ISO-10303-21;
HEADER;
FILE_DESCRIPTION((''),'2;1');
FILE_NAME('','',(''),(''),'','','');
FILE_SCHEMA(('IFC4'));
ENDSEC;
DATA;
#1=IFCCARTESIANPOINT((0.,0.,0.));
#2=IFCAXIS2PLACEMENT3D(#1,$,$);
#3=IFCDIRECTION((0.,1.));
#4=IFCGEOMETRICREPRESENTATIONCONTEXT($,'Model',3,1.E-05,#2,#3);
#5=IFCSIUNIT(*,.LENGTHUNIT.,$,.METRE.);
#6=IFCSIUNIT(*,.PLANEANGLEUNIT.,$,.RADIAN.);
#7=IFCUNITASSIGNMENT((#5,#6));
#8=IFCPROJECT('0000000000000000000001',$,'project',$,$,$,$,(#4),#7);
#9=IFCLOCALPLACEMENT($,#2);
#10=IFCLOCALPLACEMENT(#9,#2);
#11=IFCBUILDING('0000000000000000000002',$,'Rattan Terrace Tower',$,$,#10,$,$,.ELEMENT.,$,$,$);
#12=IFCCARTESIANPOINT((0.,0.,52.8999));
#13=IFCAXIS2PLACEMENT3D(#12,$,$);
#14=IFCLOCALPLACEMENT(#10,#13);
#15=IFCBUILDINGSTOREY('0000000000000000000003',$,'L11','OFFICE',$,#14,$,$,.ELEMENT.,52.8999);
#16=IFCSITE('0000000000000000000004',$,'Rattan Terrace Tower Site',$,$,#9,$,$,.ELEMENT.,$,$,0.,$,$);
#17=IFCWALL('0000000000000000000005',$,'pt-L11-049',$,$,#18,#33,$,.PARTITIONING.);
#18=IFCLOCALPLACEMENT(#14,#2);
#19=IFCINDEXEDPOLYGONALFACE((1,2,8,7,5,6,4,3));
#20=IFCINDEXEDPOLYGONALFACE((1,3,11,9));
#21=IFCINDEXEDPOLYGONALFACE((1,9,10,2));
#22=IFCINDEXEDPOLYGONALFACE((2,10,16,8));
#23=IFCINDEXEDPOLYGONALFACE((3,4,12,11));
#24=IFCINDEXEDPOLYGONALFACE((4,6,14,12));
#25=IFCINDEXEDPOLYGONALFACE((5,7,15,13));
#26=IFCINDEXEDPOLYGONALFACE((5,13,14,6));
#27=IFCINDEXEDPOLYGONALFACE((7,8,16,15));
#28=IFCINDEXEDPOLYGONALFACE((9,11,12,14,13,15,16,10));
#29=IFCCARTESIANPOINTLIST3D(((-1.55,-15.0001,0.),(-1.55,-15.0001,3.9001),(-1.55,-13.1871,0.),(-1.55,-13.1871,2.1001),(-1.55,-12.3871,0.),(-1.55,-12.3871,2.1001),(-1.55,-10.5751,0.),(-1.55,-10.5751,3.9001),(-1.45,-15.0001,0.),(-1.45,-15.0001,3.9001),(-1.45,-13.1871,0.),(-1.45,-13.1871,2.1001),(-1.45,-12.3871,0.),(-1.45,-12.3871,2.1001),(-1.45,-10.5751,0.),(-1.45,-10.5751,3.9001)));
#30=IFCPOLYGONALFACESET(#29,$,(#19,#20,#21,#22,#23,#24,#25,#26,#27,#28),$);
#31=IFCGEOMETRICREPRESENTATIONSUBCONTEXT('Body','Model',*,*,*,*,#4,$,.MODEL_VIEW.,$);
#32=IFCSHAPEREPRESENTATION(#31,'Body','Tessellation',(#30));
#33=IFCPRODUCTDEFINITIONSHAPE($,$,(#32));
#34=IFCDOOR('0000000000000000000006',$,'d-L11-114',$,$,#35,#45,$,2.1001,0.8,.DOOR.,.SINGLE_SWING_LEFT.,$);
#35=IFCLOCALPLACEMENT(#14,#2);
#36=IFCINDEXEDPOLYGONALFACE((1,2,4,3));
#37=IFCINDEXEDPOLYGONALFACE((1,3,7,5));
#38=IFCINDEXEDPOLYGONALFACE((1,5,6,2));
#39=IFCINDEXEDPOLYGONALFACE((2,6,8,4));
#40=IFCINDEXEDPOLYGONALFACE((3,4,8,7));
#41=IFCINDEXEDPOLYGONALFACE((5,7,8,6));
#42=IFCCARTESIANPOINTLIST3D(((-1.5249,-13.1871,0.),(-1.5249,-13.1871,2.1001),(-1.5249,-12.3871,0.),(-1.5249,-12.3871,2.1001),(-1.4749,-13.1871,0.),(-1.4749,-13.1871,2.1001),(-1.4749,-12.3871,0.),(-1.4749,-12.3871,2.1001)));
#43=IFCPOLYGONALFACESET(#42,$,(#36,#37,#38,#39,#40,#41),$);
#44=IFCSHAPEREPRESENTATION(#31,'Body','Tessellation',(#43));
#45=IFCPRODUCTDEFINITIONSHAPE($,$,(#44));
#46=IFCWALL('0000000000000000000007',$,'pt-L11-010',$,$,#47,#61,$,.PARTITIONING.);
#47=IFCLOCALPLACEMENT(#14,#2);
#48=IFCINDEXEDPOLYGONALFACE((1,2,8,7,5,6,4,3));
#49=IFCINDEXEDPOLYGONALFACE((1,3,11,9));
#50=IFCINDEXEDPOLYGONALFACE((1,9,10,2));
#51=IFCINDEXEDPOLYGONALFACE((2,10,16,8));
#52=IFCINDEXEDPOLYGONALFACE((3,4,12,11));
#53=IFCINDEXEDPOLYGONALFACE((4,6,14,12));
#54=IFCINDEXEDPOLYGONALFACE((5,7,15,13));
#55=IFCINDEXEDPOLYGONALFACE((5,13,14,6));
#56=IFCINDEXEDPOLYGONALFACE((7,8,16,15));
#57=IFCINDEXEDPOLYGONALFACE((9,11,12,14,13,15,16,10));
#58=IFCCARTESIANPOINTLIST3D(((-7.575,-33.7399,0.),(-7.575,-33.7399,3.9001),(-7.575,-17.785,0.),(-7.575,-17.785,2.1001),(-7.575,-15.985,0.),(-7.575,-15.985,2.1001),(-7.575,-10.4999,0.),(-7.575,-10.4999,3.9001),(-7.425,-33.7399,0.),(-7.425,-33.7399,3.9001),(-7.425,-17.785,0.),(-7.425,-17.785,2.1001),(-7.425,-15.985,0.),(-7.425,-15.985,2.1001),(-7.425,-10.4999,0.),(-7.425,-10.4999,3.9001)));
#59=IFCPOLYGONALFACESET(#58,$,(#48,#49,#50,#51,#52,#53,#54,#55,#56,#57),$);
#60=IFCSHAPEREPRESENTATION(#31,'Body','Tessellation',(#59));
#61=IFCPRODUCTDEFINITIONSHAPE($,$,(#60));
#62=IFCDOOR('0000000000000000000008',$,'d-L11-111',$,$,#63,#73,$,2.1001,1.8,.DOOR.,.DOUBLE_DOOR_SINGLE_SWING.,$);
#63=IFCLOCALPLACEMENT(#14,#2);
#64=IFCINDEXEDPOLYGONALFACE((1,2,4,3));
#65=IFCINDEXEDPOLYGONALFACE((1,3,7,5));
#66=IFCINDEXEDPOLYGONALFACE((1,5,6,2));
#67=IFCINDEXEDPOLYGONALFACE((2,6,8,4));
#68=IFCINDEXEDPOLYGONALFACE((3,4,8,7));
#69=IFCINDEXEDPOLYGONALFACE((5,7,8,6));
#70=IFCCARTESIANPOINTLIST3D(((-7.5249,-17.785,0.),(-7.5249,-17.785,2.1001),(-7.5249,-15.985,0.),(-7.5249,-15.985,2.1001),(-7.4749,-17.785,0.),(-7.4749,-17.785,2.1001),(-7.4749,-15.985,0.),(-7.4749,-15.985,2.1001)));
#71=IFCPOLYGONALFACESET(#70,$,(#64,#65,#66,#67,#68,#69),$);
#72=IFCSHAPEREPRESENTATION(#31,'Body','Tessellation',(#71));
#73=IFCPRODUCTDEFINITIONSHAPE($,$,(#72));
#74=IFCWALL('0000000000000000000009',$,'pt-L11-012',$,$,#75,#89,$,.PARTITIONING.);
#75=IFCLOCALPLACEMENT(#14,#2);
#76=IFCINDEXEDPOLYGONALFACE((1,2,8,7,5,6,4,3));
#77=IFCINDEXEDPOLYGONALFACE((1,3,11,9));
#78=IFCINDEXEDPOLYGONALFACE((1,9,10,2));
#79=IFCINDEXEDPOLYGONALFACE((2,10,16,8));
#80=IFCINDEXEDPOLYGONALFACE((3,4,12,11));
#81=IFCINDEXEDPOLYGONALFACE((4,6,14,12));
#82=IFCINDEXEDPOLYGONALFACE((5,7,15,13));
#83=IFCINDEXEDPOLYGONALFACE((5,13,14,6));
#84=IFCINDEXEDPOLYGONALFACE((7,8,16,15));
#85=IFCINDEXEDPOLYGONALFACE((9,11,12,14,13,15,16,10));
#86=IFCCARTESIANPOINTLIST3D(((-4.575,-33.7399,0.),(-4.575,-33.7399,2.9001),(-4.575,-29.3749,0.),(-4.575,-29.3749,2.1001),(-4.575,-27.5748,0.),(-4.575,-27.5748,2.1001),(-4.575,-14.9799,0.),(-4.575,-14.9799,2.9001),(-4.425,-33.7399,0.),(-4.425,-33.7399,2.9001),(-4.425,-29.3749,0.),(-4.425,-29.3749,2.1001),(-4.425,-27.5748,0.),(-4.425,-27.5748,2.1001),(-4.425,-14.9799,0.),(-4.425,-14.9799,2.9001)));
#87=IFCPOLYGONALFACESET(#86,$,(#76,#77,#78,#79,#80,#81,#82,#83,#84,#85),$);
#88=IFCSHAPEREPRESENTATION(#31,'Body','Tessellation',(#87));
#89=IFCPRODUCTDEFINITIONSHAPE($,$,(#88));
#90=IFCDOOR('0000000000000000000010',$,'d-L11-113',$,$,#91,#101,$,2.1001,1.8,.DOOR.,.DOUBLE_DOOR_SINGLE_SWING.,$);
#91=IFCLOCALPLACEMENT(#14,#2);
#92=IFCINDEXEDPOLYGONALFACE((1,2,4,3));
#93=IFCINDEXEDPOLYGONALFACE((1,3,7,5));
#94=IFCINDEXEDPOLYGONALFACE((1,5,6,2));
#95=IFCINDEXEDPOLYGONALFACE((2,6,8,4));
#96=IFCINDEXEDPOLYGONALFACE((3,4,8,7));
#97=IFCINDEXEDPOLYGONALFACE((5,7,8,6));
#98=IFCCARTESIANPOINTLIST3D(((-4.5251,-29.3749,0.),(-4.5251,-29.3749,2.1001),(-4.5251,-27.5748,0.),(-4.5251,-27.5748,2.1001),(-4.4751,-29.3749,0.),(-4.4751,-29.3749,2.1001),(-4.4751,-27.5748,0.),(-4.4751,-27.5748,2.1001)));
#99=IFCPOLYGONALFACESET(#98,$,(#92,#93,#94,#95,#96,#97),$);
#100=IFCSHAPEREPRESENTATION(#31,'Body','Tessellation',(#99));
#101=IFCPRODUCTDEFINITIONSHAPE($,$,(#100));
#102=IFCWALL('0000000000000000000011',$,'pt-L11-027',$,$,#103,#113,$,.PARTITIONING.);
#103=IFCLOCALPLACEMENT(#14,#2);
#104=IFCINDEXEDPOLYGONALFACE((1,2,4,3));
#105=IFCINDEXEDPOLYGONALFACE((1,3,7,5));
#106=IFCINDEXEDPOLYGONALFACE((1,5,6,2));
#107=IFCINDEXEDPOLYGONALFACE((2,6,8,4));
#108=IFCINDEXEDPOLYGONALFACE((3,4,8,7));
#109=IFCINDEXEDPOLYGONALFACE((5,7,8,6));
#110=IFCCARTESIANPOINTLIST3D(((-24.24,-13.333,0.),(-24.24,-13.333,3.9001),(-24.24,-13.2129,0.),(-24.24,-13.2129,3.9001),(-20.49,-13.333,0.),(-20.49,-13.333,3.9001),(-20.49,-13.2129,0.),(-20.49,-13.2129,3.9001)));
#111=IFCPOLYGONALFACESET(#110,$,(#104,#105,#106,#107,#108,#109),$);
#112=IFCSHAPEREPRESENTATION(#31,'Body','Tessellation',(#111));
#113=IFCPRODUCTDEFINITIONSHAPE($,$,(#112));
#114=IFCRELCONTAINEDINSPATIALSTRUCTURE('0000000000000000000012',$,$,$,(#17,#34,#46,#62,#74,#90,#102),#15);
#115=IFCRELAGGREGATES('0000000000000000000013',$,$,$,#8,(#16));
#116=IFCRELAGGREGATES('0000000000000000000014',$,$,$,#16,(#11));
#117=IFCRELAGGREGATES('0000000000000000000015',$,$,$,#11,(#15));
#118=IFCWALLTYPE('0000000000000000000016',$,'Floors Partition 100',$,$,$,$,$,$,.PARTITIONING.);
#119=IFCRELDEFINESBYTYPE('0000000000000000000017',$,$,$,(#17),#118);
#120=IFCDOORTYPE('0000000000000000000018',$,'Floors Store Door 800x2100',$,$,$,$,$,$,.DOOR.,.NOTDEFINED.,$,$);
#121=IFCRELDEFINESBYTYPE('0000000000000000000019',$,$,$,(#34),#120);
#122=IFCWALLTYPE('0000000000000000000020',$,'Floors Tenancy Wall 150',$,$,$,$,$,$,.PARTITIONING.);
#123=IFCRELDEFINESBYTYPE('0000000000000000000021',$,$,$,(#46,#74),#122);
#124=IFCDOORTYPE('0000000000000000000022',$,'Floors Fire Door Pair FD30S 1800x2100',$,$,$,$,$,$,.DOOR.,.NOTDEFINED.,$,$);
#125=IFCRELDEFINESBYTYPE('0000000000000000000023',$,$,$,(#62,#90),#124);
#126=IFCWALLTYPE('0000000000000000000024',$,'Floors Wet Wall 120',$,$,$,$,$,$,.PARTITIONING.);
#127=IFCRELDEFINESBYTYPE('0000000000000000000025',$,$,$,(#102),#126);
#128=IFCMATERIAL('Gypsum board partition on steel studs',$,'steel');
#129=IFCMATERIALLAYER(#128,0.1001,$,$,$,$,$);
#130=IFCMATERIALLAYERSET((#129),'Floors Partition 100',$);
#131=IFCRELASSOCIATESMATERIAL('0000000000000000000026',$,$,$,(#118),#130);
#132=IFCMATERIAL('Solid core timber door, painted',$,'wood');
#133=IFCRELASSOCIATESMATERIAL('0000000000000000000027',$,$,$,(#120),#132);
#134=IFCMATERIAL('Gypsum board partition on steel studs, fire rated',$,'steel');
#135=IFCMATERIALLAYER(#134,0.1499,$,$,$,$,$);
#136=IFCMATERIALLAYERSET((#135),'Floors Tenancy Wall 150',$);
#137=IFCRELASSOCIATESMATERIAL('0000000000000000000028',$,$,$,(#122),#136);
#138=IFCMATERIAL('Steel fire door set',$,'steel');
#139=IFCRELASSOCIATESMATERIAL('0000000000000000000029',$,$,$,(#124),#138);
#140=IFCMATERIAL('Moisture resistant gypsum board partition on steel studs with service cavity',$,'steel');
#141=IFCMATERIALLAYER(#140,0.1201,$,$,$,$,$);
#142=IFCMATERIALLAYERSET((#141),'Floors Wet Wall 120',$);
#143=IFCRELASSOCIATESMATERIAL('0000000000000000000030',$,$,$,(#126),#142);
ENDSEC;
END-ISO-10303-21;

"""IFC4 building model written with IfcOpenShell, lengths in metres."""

from ifc_helpers import new_model, si_unit, direction, frame, frame_2d, origin, place, context, subcontext, project, spatial, rectangle, extrude, material, layer, layer_set, type_object, element, fill, save


model = new_model("IFC4")

# Units and contexts
model_context = context("Model", 3, precision=1e-05, world=origin(), true_north=direction((0.0, 1.0)))
body_context = subcontext(model_context, "Body", "Model", "MODEL_VIEW")
ifc_project = project(units=[si_unit("LENGTHUNIT", "METRE"), si_unit("PLANEANGLEUNIT", "RADIAN")], contexts=[model_context])

# Site, building, storey
site_placement = place(None, origin())
site = spatial("IfcSite", under=ifc_project, at=site_placement, Name="Rattan Terrace Tower Site", CompositionType="ELEMENT", RefElevation=0.0)
building_placement = place(site_placement, origin())
building = spatial("IfcBuilding", under=site, at=building_placement, Name="Rattan Terrace Tower", CompositionType="ELEMENT")
storey_placement = place(building_placement, frame((0.0, 0.0, 52.8999)))
storey = spatial("IfcBuildingStorey", under=building, at=storey_placement, Name="L11", Description="OFFICE", CompositionType="ELEMENT", Elevation=52.8999)

# Shared definitions
ifc_material_1 = material(Name="Gypsum board partition on steel studs", Category="steel")
ifc_layer_1 = layer(ifc_material_1, 0.1001)
ifc_layer_set_1 = layer_set([ifc_layer_1], Name="Floors Partition 100")
wall_type_1 = type_object("IfcWallType", Name="Floors Partition 100", PredefinedType="PARTITIONING", material=ifc_layer_set_1)

# Walls, openings, doors
wall_1_placement = place(storey_placement, frame((-1.5, -15.0, 0.0), z_axis=(0.0, 0.0, 1.0), x_axis=(0.0, 1.0, 0.0)))
wall_1 = element("IfcWall", 1, at=wall_1_placement, inside=storey, type_object=wall_type_1, Name="pt-L11-049", PredefinedType="PARTITIONING", context=body_context, shape_type="SweptSolid", body=[
    extrude(rectangle(XDim=4.425, YDim=0.1001, at=frame_2d((2.2124, 0.0))), origin(), (0.0, 0.0, 1.0), 3.9001),
])
opening_1_placement = place(wall_1_placement, frame((1.813, 0.0, 0.0)))
opening_1 = element("IfcOpeningElement", 2, at=opening_1_placement, cuts=wall_1, PredefinedType="OPENING", context=body_context, shape_type="SweptSolid", body=[
    extrude(rectangle(XDim=0.8, YDim=2.1001, at=frame_2d((0.3999, 1.05))), frame((0.0, 0.0605, 0.0), z_axis=(0.0, -1.0, 0.0), x_axis=(1.0, 0.0, 0.0)), (0.0, 0.0, 1.0), 0.1211),
])
ifc_material_2 = material(Name="Solid core timber door, painted", Category="wood")
door_type_1 = type_object("IfcDoorType", Name="Floors Store Door 800x2100", OperationType="NOTDEFINED", PredefinedType="DOOR", material=ifc_material_2)
door_1_placement = place(opening_1_placement, origin())
door_1 = element("IfcDoor", 3, at=door_1_placement, inside=storey, type_object=door_type_1, Name="d-L11-114", OperationType="SINGLE_SWING_LEFT", OverallHeight=2.1001, OverallWidth=0.8, PredefinedType="DOOR", context=body_context, shape_type="SweptSolid", body=[
    extrude(rectangle(XDim=0.8, YDim=2.1001, at=frame_2d((0.3999, 1.05))), frame((0.0, 0.0249, 0.0), z_axis=(0.0, -1.0, 0.0), x_axis=(1.0, 0.0, 0.0)), (0.0, 0.0, 1.0), 0.05),
])
fill(opening_1, door_1)
ifc_material_3 = material(Name="Gypsum board partition on steel studs, fire rated", Category="steel")
ifc_layer_2 = layer(ifc_material_3, 0.1499)
ifc_layer_set_2 = layer_set([ifc_layer_2], Name="Floors Tenancy Wall 150")
wall_type_2 = type_object("IfcWallType", Name="Floors Tenancy Wall 150", PredefinedType="PARTITIONING", material=ifc_layer_set_2)
wall_2_placement = place(storey_placement, frame((-7.5, -33.74, 0.0), z_axis=(0.0, 0.0, 1.0), x_axis=(0.0, 1.0, 0.0)))
wall_2 = element("IfcWall", 4, at=wall_2_placement, inside=storey, type_object=wall_type_2, Name="pt-L11-010", PredefinedType="PARTITIONING", context=body_context, shape_type="SweptSolid", body=[
    extrude(rectangle(XDim=23.24, YDim=0.1499, at=frame_2d((11.6201, 0.0))), origin(), (0.0, 0.0, 1.0), 3.9001),
])
opening_2_placement = place(wall_2_placement, frame((15.9551, 0.0, 0.0)))
opening_2 = element("IfcOpeningElement", 5, at=opening_2_placement, cuts=wall_2, PredefinedType="OPENING", context=body_context, shape_type="SweptSolid", body=[
    extrude(rectangle(XDim=1.8, YDim=2.1001, at=frame_2d((0.8999, 1.05))), frame((0.0, 0.0854, 0.0), z_axis=(0.0, -1.0, 0.0), x_axis=(1.0, 0.0, 0.0)), (0.0, 0.0, 1.0), 0.1709),
])
ifc_material_4 = material(Name="Steel fire door set", Category="steel")
door_type_2 = type_object("IfcDoorType", Name="Floors Fire Door Pair FD30S 1800x2100", OperationType="NOTDEFINED", PredefinedType="DOOR", material=ifc_material_4)
door_2_placement = place(opening_2_placement, origin())
door_2 = element("IfcDoor", 6, at=door_2_placement, inside=storey, type_object=door_type_2, Name="d-L11-111", OperationType="DOUBLE_DOOR_SINGLE_SWING", OverallHeight=2.1001, OverallWidth=1.8, PredefinedType="DOOR", context=body_context, shape_type="SweptSolid", body=[
    extrude(rectangle(XDim=1.8, YDim=2.1001, at=frame_2d((0.8999, 1.05))), frame((0.0, 0.0249, 0.0), z_axis=(0.0, -1.0, 0.0), x_axis=(1.0, 0.0, 0.0)), (0.0, 0.0, 1.0), 0.05),
])
fill(opening_2, door_2)
wall_3_placement = place(storey_placement, frame((-4.5, -14.98, 0.0), z_axis=(0.0, 0.0, 1.0), x_axis=(0.0, -1.0, 0.0)))
wall_3 = element("IfcWall", 7, at=wall_3_placement, inside=storey, type_object=wall_type_2, Name="pt-L11-012", PredefinedType="PARTITIONING", context=body_context, shape_type="SweptSolid", body=[
    extrude(rectangle(XDim=18.76, YDim=0.1499, at=frame_2d((9.3799, 0.0))), origin(), (0.0, 0.0, 1.0), 2.9001),
])
opening_3_placement = place(wall_3_placement, frame((12.595, 0.0, 0.0)))
opening_3 = element("IfcOpeningElement", 8, at=opening_3_placement, cuts=wall_3, PredefinedType="OPENING", context=body_context, shape_type="SweptSolid", body=[
    extrude(rectangle(XDim=1.8, YDim=2.1001, at=frame_2d((0.8999, 1.05))), frame((0.0, 0.0854, 0.0), z_axis=(0.0, -1.0, 0.0), x_axis=(1.0, 0.0, 0.0)), (0.0, 0.0, 1.0), 0.1709),
])
door_3_placement = place(opening_3_placement, origin())
door_3 = element("IfcDoor", 9, at=door_3_placement, inside=storey, type_object=door_type_2, Name="d-L11-113", OperationType="DOUBLE_DOOR_SINGLE_SWING", OverallHeight=2.1001, OverallWidth=1.8, PredefinedType="DOOR", context=body_context, shape_type="SweptSolid", body=[
    extrude(rectangle(XDim=1.8, YDim=2.1001, at=frame_2d((0.8999, 1.05))), frame((0.0, 0.0249, 0.0), z_axis=(0.0, -1.0, 0.0), x_axis=(1.0, 0.0, 0.0)), (0.0, 0.0, 1.0), 0.05),
])
fill(opening_3, door_3)

# Wall
ifc_material_5 = material(Name="Moisture resistant gypsum board partition on steel studs with service cavity", Category="steel")
ifc_layer_3 = layer(ifc_material_5, 0.1201)
ifc_layer_set_3 = layer_set([ifc_layer_3], Name="Floors Wet Wall 120")
wall_type_3 = type_object("IfcWallType", Name="Floors Wet Wall 120", PredefinedType="PARTITIONING", material=ifc_layer_set_3)
wall_4_placement = place(storey_placement, frame((-24.24, -13.2729, 0.0), z_axis=(0.0, 0.0, 1.0), x_axis=(1.0, 0.0, 0.0)))
element("IfcWall", 10, at=wall_4_placement, inside=storey, type_object=wall_type_3, Name="pt-L11-027", PredefinedType="PARTITIONING", context=body_context, shape_type="SweptSolid", body=[
    extrude(rectangle(XDim=3.75, YDim=0.1201, at=frame_2d((1.875, 0.0))), origin(), (0.0, 0.0, 1.0), 3.9001),
])

save(model, "model.ifc")
